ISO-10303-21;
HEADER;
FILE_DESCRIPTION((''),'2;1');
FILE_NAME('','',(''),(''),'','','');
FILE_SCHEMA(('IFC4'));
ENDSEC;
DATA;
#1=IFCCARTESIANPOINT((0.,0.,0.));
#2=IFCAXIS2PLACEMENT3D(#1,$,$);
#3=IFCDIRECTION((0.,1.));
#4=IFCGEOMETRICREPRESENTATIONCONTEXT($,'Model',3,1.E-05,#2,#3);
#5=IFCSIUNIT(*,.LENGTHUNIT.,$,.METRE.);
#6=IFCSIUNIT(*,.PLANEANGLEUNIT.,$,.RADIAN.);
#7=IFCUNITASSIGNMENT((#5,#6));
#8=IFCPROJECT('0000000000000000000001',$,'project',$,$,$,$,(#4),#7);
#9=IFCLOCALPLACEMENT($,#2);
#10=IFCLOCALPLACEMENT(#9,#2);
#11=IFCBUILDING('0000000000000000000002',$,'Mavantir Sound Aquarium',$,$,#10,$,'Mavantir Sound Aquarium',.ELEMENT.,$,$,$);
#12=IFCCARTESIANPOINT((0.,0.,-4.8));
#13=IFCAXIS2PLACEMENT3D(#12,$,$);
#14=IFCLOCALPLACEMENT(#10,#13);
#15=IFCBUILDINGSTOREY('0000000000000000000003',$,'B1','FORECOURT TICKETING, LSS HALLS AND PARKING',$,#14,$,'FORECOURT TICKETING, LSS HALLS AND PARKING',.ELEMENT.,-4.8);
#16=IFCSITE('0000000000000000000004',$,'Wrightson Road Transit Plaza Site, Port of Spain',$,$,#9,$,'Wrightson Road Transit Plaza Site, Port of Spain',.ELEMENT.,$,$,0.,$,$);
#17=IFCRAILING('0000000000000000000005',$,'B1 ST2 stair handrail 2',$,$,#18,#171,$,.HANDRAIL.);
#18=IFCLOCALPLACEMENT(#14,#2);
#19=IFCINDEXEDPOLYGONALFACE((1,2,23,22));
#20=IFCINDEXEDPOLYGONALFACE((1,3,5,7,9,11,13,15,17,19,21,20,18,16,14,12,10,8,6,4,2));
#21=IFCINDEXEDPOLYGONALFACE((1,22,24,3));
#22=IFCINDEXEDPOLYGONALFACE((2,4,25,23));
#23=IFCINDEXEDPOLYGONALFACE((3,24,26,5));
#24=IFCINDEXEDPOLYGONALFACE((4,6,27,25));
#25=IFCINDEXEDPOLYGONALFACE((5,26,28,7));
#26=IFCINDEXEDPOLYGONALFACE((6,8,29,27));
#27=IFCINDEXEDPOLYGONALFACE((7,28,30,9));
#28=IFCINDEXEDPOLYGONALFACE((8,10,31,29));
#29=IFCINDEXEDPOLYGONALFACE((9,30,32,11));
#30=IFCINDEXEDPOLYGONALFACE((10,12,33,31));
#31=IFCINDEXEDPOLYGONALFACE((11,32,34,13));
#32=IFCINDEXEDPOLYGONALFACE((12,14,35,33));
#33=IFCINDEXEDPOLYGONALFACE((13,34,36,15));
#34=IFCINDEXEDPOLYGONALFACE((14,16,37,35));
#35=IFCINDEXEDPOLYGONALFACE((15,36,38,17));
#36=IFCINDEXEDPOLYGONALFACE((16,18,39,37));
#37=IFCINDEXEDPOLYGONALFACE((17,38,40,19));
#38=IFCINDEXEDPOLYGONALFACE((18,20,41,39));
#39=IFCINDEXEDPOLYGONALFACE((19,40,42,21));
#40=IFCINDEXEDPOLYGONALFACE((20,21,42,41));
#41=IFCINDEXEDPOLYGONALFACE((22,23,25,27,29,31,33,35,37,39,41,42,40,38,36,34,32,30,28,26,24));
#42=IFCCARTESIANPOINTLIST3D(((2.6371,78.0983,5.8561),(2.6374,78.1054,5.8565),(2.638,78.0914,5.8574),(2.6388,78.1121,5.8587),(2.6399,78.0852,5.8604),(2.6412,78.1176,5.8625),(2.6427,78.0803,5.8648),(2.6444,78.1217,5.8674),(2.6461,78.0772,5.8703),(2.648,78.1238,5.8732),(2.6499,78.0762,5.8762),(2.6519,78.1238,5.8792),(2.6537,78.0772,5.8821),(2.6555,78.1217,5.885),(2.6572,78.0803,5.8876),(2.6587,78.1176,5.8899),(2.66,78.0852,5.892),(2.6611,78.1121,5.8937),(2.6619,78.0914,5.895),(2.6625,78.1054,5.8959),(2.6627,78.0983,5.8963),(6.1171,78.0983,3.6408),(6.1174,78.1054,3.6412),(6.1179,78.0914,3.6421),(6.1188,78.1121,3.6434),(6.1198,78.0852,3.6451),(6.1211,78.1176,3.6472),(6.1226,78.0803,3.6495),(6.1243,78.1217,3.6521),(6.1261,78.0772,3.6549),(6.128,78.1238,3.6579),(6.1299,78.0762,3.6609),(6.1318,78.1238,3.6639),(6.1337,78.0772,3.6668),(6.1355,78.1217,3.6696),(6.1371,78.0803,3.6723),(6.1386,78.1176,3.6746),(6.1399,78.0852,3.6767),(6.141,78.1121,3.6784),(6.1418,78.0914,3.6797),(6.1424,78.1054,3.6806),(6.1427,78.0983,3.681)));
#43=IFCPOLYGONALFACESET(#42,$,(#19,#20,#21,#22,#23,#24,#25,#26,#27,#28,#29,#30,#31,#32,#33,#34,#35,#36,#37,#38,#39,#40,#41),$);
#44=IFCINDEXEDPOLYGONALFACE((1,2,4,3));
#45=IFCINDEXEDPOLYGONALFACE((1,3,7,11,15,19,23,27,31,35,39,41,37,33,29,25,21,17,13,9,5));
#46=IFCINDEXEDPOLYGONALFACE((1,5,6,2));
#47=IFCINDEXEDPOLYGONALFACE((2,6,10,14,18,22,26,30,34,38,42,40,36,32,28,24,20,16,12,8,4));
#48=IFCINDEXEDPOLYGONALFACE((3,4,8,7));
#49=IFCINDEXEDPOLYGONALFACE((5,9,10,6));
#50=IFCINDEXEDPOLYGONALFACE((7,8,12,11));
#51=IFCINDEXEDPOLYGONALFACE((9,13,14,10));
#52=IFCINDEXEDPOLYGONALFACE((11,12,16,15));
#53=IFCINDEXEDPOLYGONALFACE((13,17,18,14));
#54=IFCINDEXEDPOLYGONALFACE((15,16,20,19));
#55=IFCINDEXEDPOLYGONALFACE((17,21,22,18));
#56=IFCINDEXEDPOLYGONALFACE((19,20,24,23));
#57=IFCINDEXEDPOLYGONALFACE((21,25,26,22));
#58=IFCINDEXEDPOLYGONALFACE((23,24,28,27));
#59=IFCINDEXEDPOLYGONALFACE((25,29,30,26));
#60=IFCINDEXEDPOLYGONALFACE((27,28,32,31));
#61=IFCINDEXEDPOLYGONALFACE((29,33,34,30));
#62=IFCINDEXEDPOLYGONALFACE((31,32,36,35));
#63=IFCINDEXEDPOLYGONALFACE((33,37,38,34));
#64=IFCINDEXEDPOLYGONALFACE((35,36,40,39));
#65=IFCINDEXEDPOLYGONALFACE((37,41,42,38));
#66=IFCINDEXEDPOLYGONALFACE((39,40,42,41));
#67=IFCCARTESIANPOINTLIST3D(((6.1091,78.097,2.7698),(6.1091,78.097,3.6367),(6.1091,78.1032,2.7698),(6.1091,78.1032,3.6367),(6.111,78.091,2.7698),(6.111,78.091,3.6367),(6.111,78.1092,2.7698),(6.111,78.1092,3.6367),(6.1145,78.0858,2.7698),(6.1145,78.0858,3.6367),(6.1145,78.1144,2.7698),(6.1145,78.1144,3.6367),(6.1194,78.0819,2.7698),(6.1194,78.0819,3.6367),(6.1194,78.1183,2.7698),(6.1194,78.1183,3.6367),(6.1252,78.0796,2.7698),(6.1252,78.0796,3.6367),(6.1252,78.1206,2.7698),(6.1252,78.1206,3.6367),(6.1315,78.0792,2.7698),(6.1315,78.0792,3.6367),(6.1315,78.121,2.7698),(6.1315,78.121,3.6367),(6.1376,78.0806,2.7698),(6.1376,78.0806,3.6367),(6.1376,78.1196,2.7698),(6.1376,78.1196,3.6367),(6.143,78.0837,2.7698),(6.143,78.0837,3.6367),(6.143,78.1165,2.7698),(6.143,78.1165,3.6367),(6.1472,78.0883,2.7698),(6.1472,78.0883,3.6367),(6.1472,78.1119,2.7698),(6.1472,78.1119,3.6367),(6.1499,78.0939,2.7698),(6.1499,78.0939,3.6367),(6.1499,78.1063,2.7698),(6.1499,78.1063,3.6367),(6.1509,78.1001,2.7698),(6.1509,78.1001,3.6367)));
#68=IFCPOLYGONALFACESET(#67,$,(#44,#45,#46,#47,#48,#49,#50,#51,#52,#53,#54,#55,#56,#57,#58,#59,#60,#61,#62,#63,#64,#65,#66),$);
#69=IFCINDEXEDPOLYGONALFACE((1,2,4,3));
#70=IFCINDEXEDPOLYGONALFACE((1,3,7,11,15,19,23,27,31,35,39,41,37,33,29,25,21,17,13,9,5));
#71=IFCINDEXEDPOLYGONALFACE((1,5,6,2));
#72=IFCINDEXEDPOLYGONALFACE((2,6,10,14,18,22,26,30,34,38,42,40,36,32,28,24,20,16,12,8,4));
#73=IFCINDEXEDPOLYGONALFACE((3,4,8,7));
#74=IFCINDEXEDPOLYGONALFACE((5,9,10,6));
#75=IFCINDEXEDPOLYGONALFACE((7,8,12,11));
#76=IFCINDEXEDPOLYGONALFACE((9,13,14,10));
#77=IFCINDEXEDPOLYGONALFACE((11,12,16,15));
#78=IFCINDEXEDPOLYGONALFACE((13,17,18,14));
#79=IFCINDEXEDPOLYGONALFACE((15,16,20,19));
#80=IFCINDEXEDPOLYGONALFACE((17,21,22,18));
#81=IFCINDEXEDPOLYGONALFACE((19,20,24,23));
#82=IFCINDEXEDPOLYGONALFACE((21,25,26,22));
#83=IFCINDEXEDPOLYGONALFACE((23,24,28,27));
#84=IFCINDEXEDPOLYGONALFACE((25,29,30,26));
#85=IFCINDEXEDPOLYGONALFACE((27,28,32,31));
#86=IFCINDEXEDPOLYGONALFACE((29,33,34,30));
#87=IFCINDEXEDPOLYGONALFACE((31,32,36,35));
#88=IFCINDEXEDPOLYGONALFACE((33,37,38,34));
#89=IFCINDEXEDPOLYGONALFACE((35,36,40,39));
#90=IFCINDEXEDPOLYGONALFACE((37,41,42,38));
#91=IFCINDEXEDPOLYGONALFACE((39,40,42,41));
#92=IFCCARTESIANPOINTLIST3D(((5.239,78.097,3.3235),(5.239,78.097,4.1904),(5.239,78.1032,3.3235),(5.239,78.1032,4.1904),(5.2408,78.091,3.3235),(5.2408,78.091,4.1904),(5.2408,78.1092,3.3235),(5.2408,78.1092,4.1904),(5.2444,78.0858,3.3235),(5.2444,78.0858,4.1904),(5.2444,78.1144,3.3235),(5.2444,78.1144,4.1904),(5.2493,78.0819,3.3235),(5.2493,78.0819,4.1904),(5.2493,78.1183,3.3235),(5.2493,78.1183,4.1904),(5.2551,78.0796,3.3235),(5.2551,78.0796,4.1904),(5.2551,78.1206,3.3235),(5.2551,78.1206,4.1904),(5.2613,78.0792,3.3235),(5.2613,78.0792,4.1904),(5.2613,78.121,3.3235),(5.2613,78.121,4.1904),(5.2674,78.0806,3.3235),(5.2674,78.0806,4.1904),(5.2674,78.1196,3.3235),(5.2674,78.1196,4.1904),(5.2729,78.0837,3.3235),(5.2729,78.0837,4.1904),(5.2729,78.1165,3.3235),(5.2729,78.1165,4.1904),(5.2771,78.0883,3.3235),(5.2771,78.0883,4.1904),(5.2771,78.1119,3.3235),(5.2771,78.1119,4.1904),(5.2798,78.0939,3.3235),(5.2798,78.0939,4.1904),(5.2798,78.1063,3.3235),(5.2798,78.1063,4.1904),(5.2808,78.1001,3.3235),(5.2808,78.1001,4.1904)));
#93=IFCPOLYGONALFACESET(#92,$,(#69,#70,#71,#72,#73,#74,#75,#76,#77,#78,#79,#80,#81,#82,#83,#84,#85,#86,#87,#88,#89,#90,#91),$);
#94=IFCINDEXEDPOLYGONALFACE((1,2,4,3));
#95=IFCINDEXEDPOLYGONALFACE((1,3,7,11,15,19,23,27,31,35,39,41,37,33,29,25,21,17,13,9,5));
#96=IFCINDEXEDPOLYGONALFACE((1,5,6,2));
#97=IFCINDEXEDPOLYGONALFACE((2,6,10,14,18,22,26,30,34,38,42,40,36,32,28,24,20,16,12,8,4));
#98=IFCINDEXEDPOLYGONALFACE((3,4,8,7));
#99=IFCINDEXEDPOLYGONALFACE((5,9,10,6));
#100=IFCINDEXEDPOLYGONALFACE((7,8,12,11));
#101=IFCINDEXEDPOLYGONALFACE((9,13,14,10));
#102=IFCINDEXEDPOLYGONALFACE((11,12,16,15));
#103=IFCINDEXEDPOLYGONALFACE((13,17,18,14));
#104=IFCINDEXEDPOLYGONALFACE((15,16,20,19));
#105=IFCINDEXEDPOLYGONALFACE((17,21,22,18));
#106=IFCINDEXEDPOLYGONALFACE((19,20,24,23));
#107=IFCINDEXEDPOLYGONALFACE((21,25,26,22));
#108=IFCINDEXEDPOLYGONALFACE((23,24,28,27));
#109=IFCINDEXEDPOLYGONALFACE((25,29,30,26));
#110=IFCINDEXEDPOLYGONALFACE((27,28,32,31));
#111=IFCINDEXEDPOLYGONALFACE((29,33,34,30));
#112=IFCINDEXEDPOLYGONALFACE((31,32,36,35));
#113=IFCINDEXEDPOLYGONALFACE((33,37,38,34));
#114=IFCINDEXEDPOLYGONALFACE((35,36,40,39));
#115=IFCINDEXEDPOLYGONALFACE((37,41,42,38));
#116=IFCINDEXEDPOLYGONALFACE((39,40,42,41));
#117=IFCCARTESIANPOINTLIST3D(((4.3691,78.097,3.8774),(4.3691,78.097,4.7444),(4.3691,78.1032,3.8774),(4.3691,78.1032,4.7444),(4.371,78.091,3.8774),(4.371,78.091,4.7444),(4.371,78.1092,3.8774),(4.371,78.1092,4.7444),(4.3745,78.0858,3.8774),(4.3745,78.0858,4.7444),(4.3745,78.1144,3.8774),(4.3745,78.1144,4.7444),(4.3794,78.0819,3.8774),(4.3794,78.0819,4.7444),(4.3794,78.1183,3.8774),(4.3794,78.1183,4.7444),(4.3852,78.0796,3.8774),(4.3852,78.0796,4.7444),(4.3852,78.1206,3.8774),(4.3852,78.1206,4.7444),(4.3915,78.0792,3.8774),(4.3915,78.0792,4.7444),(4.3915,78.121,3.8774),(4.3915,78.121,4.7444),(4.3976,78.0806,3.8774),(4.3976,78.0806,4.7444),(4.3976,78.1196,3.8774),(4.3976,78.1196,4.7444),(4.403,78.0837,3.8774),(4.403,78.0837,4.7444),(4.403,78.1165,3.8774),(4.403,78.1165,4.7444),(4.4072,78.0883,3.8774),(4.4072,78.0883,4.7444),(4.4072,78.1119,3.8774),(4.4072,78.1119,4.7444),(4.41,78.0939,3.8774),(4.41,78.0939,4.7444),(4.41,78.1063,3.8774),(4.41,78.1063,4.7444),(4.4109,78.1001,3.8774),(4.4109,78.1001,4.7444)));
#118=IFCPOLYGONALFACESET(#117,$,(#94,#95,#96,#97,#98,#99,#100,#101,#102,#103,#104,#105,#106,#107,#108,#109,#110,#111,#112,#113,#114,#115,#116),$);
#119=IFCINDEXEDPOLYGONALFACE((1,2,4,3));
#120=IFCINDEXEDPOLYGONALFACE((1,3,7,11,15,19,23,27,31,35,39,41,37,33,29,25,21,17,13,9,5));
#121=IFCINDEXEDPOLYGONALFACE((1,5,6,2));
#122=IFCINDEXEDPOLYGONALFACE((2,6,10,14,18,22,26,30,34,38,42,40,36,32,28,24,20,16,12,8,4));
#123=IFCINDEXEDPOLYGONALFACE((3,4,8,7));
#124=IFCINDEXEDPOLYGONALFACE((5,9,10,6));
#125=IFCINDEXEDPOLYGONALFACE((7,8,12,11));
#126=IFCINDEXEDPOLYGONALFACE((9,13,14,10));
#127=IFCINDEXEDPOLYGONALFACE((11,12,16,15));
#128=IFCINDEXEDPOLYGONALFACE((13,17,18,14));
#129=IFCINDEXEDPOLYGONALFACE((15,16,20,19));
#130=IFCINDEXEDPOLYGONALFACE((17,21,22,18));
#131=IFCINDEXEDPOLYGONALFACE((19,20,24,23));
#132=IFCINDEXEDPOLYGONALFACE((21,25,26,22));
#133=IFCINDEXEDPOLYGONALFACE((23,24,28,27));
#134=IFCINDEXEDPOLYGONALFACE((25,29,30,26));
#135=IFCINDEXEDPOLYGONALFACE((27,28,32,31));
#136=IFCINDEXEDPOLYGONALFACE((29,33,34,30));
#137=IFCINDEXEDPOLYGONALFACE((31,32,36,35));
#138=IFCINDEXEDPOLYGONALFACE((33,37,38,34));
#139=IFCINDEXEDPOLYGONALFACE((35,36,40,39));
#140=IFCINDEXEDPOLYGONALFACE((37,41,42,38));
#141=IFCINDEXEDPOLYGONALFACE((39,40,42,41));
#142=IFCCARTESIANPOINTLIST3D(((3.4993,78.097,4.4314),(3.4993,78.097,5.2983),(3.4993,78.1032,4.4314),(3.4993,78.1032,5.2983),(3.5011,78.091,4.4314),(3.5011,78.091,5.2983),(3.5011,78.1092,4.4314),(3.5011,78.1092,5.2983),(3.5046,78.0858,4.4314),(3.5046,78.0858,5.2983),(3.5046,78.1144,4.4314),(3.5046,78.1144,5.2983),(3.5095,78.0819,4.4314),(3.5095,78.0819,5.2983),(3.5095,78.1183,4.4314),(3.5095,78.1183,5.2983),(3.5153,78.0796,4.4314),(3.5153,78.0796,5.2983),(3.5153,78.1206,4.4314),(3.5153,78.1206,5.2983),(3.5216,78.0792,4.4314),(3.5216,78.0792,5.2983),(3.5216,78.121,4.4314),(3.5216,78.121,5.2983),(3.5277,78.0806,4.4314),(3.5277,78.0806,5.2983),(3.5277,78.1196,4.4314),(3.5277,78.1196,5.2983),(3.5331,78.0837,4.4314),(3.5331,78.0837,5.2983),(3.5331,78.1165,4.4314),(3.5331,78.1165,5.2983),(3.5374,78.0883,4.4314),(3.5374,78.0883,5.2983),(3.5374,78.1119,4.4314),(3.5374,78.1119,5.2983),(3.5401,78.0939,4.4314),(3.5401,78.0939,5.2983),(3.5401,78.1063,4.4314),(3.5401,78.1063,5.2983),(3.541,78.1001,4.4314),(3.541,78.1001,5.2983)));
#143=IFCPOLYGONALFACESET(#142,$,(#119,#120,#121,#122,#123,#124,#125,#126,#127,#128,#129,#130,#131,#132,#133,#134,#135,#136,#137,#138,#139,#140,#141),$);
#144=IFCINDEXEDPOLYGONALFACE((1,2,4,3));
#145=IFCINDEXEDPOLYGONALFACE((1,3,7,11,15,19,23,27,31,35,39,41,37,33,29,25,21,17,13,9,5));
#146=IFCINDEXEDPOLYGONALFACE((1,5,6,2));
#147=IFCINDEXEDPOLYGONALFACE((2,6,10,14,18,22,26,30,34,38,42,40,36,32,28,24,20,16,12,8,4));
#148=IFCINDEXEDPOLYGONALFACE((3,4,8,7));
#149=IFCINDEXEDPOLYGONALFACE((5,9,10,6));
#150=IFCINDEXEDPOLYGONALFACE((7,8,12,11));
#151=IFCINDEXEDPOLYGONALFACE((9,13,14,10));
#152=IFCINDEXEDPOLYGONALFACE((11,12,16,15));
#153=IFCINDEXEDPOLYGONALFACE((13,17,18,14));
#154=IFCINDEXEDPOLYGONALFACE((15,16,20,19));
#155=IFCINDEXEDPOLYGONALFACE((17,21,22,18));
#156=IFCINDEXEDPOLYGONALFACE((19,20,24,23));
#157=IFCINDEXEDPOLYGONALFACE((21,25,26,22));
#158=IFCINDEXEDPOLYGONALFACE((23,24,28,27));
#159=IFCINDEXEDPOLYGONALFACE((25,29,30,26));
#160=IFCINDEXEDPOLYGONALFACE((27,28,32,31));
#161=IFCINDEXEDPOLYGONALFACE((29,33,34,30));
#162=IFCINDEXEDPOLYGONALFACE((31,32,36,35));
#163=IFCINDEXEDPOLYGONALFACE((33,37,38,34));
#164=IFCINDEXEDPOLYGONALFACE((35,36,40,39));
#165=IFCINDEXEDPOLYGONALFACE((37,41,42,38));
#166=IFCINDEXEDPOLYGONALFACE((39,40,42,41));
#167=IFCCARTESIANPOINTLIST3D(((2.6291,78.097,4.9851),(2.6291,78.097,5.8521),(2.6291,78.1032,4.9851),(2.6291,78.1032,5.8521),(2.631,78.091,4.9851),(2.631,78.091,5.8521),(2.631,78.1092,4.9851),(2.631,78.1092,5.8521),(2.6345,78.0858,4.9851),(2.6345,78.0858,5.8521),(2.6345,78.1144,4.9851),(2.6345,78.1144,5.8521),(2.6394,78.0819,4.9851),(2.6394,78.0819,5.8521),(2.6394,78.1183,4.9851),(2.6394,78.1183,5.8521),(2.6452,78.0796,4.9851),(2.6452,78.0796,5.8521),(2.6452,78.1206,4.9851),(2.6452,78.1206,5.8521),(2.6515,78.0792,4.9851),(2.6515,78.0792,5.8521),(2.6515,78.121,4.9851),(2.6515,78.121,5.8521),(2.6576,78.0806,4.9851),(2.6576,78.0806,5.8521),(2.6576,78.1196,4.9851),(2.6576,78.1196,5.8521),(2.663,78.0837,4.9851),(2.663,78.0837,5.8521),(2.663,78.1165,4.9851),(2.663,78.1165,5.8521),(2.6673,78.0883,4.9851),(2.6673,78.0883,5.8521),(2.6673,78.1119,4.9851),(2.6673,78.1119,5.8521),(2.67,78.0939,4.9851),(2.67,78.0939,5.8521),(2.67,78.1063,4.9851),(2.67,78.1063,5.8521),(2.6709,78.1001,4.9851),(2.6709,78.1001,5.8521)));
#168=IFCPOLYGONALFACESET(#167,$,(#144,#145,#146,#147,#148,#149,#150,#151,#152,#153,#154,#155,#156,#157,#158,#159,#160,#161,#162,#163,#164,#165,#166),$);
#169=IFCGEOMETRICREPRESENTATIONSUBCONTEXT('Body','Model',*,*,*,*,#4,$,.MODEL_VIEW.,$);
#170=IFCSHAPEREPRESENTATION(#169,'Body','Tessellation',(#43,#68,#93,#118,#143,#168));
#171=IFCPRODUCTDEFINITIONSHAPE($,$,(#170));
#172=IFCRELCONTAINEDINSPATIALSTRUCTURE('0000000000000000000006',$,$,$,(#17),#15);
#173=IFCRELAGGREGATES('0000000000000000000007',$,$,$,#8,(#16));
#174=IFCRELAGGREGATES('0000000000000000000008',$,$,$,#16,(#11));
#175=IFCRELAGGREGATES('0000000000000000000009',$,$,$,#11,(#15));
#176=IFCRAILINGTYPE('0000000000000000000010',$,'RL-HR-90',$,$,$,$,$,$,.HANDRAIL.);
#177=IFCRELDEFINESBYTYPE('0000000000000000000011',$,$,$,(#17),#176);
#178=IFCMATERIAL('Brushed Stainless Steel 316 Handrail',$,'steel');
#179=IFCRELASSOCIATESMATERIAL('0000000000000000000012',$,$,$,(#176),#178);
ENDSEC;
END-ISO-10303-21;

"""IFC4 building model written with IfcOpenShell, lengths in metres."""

from ifc_helpers import new_model, si_unit, direction, frame, origin, origin_2d, place, context, subcontext, project, spatial, circle, extrude, material, type_object, element, save


model = new_model("IFC4")

# Units and contexts
model_context = context("Model", 3, precision=1e-05, world=origin(), true_north=direction((0.0, 1.0)))
body_context = subcontext(model_context, "Body", "Model", "MODEL_VIEW")
ifc_project = project(units=[si_unit("LENGTHUNIT", "METRE"), si_unit("PLANEANGLEUNIT", "RADIAN")], contexts=[model_context])

# Site, building, storey
site_placement = place(None, origin())
site = spatial("IfcSite", under=ifc_project, at=site_placement, Name="Wrightson Road Transit Plaza Site, Port of Spain", LongName="Wrightson Road Transit Plaza Site, Port of Spain", CompositionType="ELEMENT", RefElevation=0.0)
building_placement = place(site_placement, origin())
building = spatial("IfcBuilding", under=site, at=building_placement, Name="Mavantir Sound Aquarium", LongName="Mavantir Sound Aquarium", CompositionType="ELEMENT")
storey_placement = place(building_placement, frame((0.0, 0.0, -4.8)))
storey = spatial("IfcBuildingStorey", under=building, at=storey_placement, Name="B1", Description="FORECOURT TICKETING, LSS HALLS AND PARKING", LongName="FORECOURT TICKETING, LSS HALLS AND PARKING", CompositionType="ELEMENT", Elevation=-4.8)

# Railing
ifc_material_1 = material(Name="Brushed Stainless Steel 316 Handrail", Category="steel")
railing_type_1 = type_object("IfcRailingType", Name="RL-HR-90", PredefinedType="HANDRAIL", material=ifc_material_1)
railing_1_placement = place(storey_placement, frame((6.1299, 78.1001, 2.7698)))
element("IfcRailing", 1, at=railing_1_placement, inside=storey, type_object=railing_type_1, Name="B1 ST2 stair handrail 2", PredefinedType="HANDRAIL", context=body_context, shape_type="SweptSolid", body=[
    extrude(circle(Radius=0.0239, at=origin_2d()), frame((0.0, 0.0, 0.8911), z_axis=(-0.843574, 0.0, 0.537013), x_axis=(0.0, -1.0, 0.0)), (0.0, 0.0, 1.0), 4.1252),
    extrude(circle(Radius=0.021, at=origin_2d()), origin(), (0.0, 0.0, 1.0), 0.8669),
    extrude(circle(Radius=0.021, at=origin_2d()), frame((-0.8701, 0.0, 0.5537)), (0.0, 0.0, 1.0), 0.8669),
    extrude(circle(Radius=0.021, at=origin_2d()), frame((-1.74, 0.0, 1.1077)), (0.0, 0.0, 1.0), 0.8669),
    extrude(circle(Radius=0.021, at=origin_2d()), frame((-2.6099, 0.0, 1.6616)), (0.0, 0.0, 1.0), 0.8669),
    extrude(circle(Radius=0.021, at=origin_2d()), frame((-3.48, 0.0, 2.2153)), (0.0, 0.0, 1.0), 0.8669),
])

save(model, "model.ifc")
